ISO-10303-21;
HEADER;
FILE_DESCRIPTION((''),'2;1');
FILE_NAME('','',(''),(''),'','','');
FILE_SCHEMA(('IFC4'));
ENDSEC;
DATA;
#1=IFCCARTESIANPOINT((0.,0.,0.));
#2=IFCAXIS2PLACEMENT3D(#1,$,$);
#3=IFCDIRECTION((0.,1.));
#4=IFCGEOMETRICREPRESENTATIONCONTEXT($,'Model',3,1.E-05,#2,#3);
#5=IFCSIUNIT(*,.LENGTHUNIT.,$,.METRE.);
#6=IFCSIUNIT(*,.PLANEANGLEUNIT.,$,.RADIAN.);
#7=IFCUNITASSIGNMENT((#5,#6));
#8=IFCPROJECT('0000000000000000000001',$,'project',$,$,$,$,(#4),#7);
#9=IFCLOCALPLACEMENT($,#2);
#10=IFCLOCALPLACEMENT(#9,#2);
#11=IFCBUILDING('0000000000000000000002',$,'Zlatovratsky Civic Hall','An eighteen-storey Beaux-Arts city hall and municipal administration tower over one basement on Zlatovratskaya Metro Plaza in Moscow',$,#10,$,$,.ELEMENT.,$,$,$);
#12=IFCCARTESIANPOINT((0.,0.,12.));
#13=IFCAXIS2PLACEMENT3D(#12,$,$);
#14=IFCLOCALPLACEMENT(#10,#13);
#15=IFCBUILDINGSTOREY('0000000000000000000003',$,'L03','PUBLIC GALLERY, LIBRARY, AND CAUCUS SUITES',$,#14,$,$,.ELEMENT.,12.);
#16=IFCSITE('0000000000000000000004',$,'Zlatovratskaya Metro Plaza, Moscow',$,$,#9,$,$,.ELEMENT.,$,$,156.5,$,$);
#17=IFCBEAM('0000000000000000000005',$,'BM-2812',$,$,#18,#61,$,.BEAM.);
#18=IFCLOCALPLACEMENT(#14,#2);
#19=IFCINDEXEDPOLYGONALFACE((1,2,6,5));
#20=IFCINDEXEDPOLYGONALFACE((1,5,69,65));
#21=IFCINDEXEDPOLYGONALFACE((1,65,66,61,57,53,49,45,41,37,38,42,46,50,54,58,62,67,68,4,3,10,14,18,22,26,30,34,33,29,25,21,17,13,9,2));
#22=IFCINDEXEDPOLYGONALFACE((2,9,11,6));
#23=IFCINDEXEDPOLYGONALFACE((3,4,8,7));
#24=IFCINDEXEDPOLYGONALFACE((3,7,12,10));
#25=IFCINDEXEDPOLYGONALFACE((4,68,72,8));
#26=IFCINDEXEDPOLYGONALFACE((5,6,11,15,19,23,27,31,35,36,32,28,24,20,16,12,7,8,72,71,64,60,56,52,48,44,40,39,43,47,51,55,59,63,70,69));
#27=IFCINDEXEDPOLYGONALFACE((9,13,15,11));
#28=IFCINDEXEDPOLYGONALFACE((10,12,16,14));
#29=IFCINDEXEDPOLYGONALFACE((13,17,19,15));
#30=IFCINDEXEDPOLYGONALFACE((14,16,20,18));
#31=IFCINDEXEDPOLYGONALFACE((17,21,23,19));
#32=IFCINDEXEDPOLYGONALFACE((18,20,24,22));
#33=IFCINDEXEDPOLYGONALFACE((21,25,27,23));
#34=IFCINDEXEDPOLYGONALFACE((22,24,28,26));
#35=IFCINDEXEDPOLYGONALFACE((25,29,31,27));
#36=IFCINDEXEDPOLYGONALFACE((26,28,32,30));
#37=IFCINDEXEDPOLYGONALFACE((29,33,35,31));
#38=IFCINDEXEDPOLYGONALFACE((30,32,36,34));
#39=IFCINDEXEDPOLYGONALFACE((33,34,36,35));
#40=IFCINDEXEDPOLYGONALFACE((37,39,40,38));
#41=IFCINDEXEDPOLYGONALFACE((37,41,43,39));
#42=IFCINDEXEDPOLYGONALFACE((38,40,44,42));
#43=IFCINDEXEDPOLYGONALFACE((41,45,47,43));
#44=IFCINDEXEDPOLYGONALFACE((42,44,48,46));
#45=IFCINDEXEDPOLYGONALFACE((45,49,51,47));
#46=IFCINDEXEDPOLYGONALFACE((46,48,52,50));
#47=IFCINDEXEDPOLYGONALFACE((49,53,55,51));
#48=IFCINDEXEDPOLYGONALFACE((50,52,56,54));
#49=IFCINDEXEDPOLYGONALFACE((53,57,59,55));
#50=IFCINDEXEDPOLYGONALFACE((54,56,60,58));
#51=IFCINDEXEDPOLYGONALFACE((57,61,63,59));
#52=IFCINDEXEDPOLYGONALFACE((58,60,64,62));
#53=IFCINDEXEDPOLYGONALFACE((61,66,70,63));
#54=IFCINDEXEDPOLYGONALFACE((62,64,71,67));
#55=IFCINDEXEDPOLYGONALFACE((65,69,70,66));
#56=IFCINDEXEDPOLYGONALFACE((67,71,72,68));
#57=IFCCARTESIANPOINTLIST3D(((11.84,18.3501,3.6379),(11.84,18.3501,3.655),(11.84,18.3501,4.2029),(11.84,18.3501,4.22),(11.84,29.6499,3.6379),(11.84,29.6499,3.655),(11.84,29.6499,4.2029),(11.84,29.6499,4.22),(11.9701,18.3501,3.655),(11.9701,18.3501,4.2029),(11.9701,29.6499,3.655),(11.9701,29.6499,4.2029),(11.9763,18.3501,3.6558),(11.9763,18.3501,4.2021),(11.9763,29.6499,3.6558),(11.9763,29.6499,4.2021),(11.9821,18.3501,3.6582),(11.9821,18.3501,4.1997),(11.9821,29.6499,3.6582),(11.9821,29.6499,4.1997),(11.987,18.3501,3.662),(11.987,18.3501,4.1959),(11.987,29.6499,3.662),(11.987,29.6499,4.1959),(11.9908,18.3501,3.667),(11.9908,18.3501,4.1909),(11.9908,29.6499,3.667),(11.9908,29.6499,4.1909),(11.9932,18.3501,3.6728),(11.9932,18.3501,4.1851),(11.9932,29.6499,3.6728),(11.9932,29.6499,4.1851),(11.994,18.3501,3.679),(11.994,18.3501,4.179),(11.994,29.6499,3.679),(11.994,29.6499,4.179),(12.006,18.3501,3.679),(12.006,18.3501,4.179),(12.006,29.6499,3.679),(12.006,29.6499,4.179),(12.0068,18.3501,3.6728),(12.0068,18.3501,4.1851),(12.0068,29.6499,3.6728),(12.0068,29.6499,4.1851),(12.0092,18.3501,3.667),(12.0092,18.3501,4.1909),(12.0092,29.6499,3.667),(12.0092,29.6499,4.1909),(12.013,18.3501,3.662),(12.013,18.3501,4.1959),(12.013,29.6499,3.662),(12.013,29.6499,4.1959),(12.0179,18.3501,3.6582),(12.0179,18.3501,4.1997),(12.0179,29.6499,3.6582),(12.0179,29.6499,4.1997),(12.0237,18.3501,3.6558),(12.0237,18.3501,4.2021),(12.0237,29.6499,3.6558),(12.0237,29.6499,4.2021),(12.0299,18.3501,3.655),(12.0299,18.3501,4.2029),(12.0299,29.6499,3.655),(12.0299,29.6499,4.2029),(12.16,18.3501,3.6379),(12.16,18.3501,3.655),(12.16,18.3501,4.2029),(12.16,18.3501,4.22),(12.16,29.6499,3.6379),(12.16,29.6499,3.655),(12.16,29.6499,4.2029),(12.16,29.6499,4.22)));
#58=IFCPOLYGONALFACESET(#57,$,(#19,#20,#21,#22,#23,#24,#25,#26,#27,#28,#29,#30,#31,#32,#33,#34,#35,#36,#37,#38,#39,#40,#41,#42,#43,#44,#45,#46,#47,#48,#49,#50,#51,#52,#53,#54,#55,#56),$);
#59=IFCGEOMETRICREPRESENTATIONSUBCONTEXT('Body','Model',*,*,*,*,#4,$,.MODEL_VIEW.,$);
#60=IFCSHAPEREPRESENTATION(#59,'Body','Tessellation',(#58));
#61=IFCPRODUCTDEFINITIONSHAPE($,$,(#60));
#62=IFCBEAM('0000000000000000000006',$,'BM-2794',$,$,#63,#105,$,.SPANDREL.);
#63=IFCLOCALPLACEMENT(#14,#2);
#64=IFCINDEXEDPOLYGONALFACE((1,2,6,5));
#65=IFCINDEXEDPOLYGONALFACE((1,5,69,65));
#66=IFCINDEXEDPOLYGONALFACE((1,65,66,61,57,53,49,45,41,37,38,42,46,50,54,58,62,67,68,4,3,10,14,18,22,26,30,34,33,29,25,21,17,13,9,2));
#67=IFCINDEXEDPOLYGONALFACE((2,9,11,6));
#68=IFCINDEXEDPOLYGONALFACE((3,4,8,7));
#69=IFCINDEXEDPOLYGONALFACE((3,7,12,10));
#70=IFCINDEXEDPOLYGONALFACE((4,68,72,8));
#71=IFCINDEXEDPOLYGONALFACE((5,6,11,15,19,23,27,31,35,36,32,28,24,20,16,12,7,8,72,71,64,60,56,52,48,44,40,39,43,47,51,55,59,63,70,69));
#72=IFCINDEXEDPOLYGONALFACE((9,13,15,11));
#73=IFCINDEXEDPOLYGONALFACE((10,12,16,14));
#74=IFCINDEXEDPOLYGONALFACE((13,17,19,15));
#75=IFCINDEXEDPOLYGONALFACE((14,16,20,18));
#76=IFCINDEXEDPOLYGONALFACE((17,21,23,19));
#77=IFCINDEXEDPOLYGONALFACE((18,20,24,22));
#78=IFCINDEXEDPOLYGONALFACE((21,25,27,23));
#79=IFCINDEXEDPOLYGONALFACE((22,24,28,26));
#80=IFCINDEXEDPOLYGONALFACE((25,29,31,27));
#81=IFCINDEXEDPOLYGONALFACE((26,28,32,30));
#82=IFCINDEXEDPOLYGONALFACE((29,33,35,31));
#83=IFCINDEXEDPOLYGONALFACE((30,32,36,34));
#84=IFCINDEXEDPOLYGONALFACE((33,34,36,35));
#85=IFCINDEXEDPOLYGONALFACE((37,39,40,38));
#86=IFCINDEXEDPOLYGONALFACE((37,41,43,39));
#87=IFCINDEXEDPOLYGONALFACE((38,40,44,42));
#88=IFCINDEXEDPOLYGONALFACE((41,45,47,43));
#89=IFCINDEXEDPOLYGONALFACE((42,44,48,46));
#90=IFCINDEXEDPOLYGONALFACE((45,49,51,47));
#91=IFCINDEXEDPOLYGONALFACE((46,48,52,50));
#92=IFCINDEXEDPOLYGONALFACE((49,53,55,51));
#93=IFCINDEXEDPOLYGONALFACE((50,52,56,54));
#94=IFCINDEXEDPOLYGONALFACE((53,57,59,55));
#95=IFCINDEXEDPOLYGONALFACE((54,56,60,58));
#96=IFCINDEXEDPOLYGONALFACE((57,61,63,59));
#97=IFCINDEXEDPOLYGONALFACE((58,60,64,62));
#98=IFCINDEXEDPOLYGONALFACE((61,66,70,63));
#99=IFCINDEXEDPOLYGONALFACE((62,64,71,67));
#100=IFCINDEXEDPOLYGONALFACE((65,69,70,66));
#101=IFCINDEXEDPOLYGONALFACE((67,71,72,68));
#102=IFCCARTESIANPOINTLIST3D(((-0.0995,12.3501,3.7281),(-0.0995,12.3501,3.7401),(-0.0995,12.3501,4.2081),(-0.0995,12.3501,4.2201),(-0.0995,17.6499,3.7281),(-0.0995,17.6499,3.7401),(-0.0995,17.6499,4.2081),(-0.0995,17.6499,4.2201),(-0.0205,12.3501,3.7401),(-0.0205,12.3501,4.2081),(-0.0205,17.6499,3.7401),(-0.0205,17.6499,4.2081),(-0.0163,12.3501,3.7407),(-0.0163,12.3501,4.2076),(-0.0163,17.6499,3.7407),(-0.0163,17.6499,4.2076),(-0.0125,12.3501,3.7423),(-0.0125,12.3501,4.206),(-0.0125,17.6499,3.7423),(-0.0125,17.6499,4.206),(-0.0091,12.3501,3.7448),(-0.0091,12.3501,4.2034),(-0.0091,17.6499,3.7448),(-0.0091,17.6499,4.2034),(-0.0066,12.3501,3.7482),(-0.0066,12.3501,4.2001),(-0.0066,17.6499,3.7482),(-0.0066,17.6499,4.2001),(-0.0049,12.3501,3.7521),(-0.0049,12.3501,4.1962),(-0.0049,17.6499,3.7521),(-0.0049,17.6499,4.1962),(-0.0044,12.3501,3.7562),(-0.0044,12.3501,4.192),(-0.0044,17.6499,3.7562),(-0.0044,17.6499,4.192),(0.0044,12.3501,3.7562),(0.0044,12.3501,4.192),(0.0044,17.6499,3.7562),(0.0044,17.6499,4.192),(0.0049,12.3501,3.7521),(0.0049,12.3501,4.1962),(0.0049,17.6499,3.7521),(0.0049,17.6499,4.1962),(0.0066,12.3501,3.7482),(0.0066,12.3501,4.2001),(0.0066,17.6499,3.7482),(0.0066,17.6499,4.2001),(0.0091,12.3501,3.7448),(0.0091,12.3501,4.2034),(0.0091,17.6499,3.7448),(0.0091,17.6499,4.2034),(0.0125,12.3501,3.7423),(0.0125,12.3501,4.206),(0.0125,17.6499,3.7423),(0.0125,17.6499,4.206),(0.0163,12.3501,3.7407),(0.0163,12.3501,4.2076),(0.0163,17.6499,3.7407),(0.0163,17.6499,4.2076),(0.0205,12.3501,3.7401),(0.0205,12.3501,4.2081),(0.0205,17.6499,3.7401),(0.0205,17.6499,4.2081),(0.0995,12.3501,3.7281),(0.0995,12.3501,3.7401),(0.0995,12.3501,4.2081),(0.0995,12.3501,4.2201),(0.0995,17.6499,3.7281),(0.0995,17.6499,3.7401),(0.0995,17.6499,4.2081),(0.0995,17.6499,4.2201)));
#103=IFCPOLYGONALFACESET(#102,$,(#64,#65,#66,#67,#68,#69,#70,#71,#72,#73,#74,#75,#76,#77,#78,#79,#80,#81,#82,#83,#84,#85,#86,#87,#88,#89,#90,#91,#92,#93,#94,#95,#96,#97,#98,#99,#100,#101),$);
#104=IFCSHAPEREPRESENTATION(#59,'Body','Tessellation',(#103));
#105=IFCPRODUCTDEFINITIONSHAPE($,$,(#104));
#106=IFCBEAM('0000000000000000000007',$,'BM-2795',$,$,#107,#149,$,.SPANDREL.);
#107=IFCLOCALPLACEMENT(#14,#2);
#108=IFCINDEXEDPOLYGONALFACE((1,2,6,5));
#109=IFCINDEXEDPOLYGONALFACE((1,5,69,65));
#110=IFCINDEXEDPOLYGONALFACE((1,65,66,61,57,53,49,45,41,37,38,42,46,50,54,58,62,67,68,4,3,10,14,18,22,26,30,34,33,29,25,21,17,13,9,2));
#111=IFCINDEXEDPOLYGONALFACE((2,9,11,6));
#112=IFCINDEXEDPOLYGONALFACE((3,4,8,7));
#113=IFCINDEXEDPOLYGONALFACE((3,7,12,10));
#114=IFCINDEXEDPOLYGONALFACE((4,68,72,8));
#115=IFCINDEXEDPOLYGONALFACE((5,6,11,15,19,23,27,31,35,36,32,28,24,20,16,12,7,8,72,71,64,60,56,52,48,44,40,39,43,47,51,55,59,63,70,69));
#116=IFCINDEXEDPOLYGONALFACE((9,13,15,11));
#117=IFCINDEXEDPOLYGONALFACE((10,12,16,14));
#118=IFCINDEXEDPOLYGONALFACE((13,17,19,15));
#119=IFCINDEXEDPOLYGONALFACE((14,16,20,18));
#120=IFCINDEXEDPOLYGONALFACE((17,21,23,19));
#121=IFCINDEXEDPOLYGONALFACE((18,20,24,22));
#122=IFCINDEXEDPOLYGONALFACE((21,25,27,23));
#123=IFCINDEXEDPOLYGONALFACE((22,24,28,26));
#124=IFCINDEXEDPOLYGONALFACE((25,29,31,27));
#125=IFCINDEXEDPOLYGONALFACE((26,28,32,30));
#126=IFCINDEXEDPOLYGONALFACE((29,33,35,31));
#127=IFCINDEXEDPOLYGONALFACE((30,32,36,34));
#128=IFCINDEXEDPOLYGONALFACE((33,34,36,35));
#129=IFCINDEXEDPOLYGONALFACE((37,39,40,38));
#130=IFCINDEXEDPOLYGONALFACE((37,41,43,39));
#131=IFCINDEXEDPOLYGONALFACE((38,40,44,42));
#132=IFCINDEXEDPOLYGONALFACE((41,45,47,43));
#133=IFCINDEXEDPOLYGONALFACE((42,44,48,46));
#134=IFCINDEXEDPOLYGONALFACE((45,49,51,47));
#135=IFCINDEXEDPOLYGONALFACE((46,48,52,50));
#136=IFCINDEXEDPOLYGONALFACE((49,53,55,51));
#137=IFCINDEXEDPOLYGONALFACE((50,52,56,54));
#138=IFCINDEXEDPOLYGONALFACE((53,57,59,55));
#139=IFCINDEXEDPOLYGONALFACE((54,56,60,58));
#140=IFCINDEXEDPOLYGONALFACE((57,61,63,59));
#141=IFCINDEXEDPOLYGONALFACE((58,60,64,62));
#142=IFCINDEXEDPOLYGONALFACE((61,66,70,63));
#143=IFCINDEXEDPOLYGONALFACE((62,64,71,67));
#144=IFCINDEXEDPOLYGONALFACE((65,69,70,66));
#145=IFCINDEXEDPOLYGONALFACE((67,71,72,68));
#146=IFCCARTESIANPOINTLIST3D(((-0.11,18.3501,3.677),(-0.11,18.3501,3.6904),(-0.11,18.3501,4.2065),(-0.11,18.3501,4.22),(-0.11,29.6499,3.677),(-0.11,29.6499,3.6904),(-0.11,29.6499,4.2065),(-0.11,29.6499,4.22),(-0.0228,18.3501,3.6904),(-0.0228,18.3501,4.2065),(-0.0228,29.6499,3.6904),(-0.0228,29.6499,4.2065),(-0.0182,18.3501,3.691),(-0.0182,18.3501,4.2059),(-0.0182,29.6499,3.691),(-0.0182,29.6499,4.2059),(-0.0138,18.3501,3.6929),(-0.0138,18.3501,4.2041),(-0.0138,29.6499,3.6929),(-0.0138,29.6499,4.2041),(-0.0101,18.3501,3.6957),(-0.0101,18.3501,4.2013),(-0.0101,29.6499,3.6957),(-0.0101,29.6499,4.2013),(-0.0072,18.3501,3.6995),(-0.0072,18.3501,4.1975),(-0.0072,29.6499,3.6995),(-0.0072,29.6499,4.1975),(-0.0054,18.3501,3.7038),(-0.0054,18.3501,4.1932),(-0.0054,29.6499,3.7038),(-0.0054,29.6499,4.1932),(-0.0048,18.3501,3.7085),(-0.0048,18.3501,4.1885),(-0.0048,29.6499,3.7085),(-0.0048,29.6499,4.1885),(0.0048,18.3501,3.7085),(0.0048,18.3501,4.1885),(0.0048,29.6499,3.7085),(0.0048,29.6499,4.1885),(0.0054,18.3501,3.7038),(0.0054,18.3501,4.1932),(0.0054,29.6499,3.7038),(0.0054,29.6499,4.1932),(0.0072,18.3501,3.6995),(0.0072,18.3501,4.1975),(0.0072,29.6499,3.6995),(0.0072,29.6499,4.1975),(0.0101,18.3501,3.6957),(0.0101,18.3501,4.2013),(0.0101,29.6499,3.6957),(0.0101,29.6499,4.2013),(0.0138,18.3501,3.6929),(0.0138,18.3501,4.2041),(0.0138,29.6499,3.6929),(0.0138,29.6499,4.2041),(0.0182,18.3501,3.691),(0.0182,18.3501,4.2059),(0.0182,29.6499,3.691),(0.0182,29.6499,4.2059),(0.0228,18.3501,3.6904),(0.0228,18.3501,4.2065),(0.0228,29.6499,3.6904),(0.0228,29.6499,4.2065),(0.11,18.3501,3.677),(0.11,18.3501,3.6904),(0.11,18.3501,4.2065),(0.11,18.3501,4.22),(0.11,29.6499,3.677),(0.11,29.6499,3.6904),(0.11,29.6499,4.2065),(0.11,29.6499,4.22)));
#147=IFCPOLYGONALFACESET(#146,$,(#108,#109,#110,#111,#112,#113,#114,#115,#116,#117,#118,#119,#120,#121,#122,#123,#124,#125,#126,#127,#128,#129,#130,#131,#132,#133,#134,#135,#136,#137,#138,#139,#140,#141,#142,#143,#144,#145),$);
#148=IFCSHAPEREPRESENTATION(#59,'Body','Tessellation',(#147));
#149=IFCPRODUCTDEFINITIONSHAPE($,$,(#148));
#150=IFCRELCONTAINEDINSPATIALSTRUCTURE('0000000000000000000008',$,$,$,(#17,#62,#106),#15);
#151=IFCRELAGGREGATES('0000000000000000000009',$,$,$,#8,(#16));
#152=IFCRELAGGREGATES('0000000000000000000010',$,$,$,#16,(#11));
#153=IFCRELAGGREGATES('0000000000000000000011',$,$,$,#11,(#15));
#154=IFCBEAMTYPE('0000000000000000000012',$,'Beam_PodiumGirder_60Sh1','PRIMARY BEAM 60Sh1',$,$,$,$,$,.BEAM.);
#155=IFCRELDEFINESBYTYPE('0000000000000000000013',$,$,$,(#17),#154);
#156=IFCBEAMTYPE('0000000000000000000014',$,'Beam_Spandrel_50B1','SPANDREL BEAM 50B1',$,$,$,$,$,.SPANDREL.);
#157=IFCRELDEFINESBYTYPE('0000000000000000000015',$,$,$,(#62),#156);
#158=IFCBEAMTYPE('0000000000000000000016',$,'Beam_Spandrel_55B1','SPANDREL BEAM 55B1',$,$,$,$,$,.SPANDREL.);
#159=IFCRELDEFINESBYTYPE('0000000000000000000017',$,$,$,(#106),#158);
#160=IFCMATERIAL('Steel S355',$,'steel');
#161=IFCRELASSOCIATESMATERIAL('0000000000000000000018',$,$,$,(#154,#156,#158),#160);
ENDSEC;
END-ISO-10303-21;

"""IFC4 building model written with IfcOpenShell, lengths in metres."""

from ifc_helpers import new_model, si_unit, direction, frame, origin, origin_2d, place, context, subcontext, project, spatial, i_section, extrude, material, material_profile, profile_set, type_object, element, save


model = new_model("IFC4")

# Units and contexts
model_context = context("Model", 3, precision=1e-05, world=origin(), true_north=direction((0.0, 1.0)))
body_context = subcontext(model_context, "Body", "Model", "MODEL_VIEW")
ifc_project = project(units=[si_unit("LENGTHUNIT", "METRE"), si_unit("PLANEANGLEUNIT", "RADIAN")], contexts=[model_context])

# Site, building, storey
site_placement = place(None, origin())
site = spatial("IfcSite", under=ifc_project, at=site_placement, Name="Zlatovratskaya Metro Plaza, Moscow", CompositionType="ELEMENT", RefElevation=156.5)
building_placement = place(site_placement, origin())
building = spatial("IfcBuilding", under=site, at=building_placement, Name="Zlatovratsky Civic Hall", Description="An eighteen-storey Beaux-Arts city hall and municipal administration tower over one basement on Zlatovratskaya Metro Plaza in Moscow", CompositionType="ELEMENT")
storey_placement = place(building_placement, frame((0.0, 0.0, 12.0)))
storey = spatial("IfcBuildingStorey", under=building, at=storey_placement, Name="L03", Description="PUBLIC GALLERY, LIBRARY, AND CAUCUS SUITES", CompositionType="ELEMENT", Elevation=12.0)

# Beams
ifc_material_1 = material(Name="Steel S355", Category="steel")
ifc_material_profile_1 = material_profile(ifc_material_1, i_section(OverallWidth=0.3201, OverallDepth=0.582, WebThickness=0.012, FlangeThickness=0.0171, FilletRadius=0.0239, at=origin_2d()), Name="60Sh1")
ifc_profile_set_1 = profile_set([ifc_material_profile_1], Name="Steel S355")
beam_type_1 = type_object("IfcBeamType", Name="Beam_PodiumGirder_60Sh1", Description="PRIMARY BEAM 60Sh1", PredefinedType="BEAM", material=ifc_profile_set_1)
for number, where, z_axis, x_axis, name in (
    (1, (12.0, 18.3501, 3.929), (0.0, 1.0, 0.0), (-1.0, 0.0, 0.0), "BM-2812"),
):
    element("IfcBeam", number, at=place(storey_placement, frame(where, z_axis=z_axis, x_axis=x_axis)), inside=storey, type_object=beam_type_1, Name=name, PredefinedType="BEAM", context=body_context, shape_type="SweptSolid", body=[
        extrude(i_section(OverallWidth=0.3201, OverallDepth=0.582, WebThickness=0.012, FlangeThickness=0.0171, FilletRadius=0.0239, at=origin_2d()), origin(), (0.0, 0.0, 1.0), 11.2998),
    ])
ifc_material_profile_2 = material_profile(ifc_material_1, i_section(OverallWidth=0.199, OverallDepth=0.4919, WebThickness=0.0088, FlangeThickness=0.012, FilletRadius=0.0161, at=origin_2d()), Name="50B1")
ifc_profile_set_2 = profile_set([ifc_material_profile_2], Name="Steel S355")
beam_type_2 = type_object("IfcBeamType", Name="Beam_Spandrel_50B1", Description="SPANDREL BEAM 50B1", PredefinedType="SPANDREL", material=ifc_profile_set_2)
beam_1_placement = place(storey_placement, frame((0.0, 12.3501, 3.9741), z_axis=(0.0, 1.0, 0.0), x_axis=(-1.0, 0.0, 0.0)))
element("IfcBeam", 2, at=beam_1_placement, inside=storey, type_object=beam_type_2, Name="BM-2794", PredefinedType="SPANDREL", context=body_context, shape_type="SweptSolid", body=[
    extrude(i_section(OverallWidth=0.199, OverallDepth=0.4919, WebThickness=0.0088, FlangeThickness=0.012, FilletRadius=0.0161, at=origin_2d()), origin(), (0.0, 0.0, 1.0), 5.2998),
])
ifc_material_profile_3 = material_profile(ifc_material_1, i_section(OverallWidth=0.22, OverallDepth=0.543, WebThickness=0.0095, FlangeThickness=0.0134, FilletRadius=0.0181, at=origin_2d()), Name="55B1")
ifc_profile_set_3 = profile_set([ifc_material_profile_3], Name="Steel S355")
beam_type_3 = type_object("IfcBeamType", Name="Beam_Spandrel_55B1", Description="SPANDREL BEAM 55B1", PredefinedType="SPANDREL", material=ifc_profile_set_3)
beam_2_placement = place(storey_placement, frame((0.0, 18.3501, 3.9485), z_axis=(0.0, 1.0, 0.0), x_axis=(-1.0, 0.0, 0.0)))
element("IfcBeam", 3, at=beam_2_placement, inside=storey, type_object=beam_type_3, Name="BM-2795", PredefinedType="SPANDREL", context=body_context, shape_type="SweptSolid", body=[
    extrude(i_section(OverallWidth=0.22, OverallDepth=0.543, WebThickness=0.0095, FlangeThickness=0.0134, FilletRadius=0.0181, at=origin_2d()), origin(), (0.0, 0.0, 1.0), 11.2998),
])

save(model, "model.ifc")
